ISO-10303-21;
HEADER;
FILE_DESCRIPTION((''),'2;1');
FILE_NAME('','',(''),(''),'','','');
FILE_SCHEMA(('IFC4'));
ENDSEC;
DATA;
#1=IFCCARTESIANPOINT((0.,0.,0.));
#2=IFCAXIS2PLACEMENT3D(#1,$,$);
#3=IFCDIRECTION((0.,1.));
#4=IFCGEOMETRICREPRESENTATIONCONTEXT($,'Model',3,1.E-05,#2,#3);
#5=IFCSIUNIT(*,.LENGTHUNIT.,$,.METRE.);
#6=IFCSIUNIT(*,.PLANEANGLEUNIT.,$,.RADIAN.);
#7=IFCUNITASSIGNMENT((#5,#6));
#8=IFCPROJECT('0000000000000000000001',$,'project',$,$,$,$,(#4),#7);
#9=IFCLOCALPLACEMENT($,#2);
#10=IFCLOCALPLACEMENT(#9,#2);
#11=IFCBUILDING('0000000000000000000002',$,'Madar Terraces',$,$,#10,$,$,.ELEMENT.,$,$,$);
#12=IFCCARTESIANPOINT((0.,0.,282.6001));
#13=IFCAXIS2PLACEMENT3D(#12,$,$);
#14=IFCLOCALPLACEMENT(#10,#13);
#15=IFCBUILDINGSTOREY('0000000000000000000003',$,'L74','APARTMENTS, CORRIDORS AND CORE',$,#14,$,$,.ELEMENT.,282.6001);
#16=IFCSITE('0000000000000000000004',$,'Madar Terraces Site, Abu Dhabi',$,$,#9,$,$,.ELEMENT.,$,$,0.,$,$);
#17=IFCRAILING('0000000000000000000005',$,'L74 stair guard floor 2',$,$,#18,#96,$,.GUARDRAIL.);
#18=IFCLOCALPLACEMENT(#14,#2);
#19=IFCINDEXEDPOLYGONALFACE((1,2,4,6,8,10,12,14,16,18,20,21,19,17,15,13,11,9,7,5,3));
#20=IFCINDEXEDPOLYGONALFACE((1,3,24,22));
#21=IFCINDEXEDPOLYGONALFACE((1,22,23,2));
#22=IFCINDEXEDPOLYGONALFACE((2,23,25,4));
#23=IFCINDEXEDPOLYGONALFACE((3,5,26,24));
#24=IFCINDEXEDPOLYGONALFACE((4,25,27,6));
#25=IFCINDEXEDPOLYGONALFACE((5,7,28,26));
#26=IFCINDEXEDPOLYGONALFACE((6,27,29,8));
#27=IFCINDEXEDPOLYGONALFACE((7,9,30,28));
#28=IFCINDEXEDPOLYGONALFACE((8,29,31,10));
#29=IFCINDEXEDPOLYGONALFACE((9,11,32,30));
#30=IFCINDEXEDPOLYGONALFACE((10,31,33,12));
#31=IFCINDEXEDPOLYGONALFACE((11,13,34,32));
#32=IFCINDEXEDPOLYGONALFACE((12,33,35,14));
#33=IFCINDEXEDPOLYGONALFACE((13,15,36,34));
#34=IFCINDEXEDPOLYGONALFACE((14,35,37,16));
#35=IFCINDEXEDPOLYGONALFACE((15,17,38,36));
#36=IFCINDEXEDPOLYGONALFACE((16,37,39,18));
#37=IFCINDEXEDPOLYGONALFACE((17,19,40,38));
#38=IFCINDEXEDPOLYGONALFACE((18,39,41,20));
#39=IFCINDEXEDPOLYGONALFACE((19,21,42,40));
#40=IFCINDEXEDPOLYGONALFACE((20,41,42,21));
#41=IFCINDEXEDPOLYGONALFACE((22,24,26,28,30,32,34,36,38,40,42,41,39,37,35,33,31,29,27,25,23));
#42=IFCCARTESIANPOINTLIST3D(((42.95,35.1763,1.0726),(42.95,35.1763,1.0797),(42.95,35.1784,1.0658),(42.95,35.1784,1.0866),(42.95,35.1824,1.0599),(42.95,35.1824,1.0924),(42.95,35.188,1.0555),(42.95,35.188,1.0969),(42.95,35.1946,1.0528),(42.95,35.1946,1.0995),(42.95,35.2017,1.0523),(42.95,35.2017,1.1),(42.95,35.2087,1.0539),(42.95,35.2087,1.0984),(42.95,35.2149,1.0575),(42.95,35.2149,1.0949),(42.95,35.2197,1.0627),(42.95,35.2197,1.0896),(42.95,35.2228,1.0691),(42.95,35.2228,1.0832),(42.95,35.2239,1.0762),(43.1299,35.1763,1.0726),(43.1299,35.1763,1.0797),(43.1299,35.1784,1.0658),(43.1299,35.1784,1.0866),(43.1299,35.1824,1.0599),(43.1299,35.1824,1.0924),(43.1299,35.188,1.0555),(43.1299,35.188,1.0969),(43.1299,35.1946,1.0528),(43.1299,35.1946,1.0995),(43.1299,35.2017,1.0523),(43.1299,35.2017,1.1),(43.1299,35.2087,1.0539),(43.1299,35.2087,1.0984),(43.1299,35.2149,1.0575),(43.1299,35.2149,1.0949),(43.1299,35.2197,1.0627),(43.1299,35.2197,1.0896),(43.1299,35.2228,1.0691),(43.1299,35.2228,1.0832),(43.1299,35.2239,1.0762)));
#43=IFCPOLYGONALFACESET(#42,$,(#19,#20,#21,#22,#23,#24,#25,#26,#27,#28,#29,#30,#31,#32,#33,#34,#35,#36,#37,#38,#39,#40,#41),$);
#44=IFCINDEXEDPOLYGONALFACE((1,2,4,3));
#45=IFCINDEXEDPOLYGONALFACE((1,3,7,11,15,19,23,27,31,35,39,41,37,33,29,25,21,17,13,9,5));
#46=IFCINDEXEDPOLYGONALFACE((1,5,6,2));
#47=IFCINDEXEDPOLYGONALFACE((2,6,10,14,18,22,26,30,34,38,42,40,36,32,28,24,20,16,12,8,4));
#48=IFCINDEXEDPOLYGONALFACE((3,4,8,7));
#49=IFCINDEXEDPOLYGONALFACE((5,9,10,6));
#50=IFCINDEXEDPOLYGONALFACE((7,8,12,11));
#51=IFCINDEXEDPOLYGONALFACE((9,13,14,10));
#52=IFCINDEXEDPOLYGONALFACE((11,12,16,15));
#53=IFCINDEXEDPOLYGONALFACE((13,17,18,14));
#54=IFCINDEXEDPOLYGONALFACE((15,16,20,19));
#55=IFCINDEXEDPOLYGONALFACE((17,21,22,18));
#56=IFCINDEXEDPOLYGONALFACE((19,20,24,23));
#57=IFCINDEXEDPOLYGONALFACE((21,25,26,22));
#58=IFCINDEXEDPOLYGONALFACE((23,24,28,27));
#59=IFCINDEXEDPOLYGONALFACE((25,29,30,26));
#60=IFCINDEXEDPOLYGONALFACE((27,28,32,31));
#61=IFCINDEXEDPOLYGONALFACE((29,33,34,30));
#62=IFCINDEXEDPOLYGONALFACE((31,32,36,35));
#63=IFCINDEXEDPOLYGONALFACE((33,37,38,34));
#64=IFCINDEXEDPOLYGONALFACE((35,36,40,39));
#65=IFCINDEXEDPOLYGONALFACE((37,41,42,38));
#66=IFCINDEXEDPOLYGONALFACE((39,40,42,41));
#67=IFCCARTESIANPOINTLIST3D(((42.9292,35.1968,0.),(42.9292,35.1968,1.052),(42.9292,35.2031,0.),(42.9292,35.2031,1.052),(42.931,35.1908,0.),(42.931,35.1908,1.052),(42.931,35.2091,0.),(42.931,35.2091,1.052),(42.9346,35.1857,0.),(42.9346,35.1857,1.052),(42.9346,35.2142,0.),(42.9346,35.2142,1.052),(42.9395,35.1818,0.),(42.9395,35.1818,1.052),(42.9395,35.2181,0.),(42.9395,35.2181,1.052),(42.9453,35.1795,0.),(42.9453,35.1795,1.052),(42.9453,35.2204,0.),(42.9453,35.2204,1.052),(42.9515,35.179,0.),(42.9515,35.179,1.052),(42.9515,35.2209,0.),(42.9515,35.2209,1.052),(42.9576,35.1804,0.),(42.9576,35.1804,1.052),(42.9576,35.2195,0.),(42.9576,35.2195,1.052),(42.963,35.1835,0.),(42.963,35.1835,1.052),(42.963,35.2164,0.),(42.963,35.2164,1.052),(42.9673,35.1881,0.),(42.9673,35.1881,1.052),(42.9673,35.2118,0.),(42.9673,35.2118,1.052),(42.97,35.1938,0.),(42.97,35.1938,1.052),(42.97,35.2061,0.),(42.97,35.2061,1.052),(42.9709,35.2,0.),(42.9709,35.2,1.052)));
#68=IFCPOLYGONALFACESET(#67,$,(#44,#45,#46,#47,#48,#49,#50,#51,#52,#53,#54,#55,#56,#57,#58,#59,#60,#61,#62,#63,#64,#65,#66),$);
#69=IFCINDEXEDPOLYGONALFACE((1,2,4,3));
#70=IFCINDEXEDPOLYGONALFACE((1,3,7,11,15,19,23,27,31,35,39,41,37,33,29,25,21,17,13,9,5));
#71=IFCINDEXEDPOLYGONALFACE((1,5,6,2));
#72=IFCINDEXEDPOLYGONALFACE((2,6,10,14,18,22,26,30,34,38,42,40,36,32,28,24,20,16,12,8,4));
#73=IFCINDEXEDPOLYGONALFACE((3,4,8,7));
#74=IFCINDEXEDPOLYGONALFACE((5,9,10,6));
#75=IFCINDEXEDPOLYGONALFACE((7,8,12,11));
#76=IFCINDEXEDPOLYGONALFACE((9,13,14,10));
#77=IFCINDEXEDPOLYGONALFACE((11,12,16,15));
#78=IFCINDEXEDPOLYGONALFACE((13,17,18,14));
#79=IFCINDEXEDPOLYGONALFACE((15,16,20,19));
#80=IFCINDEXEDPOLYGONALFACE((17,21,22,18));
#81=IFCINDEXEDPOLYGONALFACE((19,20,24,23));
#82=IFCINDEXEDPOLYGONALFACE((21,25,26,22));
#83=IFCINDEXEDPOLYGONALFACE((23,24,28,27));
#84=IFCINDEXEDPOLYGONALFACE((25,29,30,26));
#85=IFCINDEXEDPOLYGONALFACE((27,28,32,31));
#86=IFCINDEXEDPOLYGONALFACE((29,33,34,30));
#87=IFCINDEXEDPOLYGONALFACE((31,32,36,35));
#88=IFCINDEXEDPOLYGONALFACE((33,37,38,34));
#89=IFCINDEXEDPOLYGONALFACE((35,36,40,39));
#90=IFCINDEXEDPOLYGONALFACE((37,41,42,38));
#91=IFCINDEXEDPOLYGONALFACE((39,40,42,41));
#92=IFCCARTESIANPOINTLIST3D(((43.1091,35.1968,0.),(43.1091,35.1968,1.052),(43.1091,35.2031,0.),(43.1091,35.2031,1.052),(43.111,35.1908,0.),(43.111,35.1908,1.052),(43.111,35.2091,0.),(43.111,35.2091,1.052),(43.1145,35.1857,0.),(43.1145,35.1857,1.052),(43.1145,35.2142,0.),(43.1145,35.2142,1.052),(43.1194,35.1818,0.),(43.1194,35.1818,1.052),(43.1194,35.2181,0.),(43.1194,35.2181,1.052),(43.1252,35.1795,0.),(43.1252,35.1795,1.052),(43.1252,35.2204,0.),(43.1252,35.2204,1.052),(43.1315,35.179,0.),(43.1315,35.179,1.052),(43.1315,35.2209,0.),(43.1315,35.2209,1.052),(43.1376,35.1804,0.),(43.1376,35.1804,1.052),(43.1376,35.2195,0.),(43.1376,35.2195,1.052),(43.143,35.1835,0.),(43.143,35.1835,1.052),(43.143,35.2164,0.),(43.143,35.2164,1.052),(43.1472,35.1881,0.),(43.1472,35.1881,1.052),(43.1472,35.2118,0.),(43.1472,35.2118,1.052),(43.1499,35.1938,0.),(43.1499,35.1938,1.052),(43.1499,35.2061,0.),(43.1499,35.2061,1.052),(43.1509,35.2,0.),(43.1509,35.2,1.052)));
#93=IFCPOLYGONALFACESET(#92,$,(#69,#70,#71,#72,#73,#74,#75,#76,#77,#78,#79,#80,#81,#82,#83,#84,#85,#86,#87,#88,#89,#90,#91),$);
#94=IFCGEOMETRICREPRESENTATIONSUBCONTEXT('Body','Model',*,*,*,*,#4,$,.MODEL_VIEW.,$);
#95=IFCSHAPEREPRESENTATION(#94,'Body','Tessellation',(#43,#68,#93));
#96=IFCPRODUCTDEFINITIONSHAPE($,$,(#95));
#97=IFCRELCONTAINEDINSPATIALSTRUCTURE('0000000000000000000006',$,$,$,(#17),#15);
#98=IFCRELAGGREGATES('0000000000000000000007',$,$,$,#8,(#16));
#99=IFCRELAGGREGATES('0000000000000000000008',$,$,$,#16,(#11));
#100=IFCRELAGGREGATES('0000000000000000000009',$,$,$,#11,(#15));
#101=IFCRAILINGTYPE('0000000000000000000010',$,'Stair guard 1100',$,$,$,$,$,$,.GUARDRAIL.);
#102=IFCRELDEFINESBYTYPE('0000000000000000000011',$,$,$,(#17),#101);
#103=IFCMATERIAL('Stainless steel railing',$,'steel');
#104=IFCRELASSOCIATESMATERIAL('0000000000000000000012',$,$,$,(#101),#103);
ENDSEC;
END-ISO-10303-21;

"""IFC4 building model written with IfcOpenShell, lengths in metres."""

from ifc_helpers import new_model, si_unit, direction, frame, origin, origin_2d, place, context, subcontext, project, spatial, circle, extrude, material, type_object, element, save


model = new_model("IFC4")

# Units and contexts
model_context = context("Model", 3, precision=1e-05, world=origin(), true_north=direction((0.0, 1.0)))
body_context = subcontext(model_context, "Body", "Model", "MODEL_VIEW")
ifc_project = project(units=[si_unit("LENGTHUNIT", "METRE"), si_unit("PLANEANGLEUNIT", "RADIAN")], contexts=[model_context])

# Site, building, storey
site_placement = place(None, origin())
site = spatial("IfcSite", under=ifc_project, at=site_placement, Name="Madar Terraces Site, Abu Dhabi", CompositionType="ELEMENT", RefElevation=0.0)
building_placement = place(site_placement, origin())
building = spatial("IfcBuilding", under=site, at=building_placement, Name="Madar Terraces", CompositionType="ELEMENT")
storey_placement = place(building_placement, frame((0.0, 0.0, 282.6001)))
storey = spatial("IfcBuildingStorey", under=building, at=storey_placement, Name="L74", Description="APARTMENTS, CORRIDORS AND CORE", CompositionType="ELEMENT", Elevation=282.6001)

# Railing
ifc_material_1 = material(Name="Stainless steel railing", Category="steel")
railing_type_1 = type_object("IfcRailingType", Name="Stair guard 1100", PredefinedType="GUARDRAIL", material=ifc_material_1)
for number, where, name in (
    (1, (42.95, 35.2, 0.0), "L74 stair guard floor 2"),
):
    element("IfcRailing", number, at=place(storey_placement, frame(where)), inside=storey, type_object=railing_type_1, Name=name, PredefinedType="GUARDRAIL", context=body_context, shape_type="SweptSolid", body=[
        extrude(circle(Radius=0.0239, at=origin_2d()), frame((0.0, 0.0, 1.0762), z_axis=(1.0, 0.0, 0.0), x_axis=(0.0, 1.0, 0.0)), (0.0, 0.0, 1.0), 0.1799),
        extrude(circle(Radius=0.021, at=origin_2d()), origin(), (0.0, 0.0, 1.0), 1.052),
        extrude(circle(Radius=0.021, at=origin_2d()), frame((0.1799, 0.0, 0.0)), (0.0, 0.0, 1.0), 1.052),
    ])

save(model, "model.ifc")
